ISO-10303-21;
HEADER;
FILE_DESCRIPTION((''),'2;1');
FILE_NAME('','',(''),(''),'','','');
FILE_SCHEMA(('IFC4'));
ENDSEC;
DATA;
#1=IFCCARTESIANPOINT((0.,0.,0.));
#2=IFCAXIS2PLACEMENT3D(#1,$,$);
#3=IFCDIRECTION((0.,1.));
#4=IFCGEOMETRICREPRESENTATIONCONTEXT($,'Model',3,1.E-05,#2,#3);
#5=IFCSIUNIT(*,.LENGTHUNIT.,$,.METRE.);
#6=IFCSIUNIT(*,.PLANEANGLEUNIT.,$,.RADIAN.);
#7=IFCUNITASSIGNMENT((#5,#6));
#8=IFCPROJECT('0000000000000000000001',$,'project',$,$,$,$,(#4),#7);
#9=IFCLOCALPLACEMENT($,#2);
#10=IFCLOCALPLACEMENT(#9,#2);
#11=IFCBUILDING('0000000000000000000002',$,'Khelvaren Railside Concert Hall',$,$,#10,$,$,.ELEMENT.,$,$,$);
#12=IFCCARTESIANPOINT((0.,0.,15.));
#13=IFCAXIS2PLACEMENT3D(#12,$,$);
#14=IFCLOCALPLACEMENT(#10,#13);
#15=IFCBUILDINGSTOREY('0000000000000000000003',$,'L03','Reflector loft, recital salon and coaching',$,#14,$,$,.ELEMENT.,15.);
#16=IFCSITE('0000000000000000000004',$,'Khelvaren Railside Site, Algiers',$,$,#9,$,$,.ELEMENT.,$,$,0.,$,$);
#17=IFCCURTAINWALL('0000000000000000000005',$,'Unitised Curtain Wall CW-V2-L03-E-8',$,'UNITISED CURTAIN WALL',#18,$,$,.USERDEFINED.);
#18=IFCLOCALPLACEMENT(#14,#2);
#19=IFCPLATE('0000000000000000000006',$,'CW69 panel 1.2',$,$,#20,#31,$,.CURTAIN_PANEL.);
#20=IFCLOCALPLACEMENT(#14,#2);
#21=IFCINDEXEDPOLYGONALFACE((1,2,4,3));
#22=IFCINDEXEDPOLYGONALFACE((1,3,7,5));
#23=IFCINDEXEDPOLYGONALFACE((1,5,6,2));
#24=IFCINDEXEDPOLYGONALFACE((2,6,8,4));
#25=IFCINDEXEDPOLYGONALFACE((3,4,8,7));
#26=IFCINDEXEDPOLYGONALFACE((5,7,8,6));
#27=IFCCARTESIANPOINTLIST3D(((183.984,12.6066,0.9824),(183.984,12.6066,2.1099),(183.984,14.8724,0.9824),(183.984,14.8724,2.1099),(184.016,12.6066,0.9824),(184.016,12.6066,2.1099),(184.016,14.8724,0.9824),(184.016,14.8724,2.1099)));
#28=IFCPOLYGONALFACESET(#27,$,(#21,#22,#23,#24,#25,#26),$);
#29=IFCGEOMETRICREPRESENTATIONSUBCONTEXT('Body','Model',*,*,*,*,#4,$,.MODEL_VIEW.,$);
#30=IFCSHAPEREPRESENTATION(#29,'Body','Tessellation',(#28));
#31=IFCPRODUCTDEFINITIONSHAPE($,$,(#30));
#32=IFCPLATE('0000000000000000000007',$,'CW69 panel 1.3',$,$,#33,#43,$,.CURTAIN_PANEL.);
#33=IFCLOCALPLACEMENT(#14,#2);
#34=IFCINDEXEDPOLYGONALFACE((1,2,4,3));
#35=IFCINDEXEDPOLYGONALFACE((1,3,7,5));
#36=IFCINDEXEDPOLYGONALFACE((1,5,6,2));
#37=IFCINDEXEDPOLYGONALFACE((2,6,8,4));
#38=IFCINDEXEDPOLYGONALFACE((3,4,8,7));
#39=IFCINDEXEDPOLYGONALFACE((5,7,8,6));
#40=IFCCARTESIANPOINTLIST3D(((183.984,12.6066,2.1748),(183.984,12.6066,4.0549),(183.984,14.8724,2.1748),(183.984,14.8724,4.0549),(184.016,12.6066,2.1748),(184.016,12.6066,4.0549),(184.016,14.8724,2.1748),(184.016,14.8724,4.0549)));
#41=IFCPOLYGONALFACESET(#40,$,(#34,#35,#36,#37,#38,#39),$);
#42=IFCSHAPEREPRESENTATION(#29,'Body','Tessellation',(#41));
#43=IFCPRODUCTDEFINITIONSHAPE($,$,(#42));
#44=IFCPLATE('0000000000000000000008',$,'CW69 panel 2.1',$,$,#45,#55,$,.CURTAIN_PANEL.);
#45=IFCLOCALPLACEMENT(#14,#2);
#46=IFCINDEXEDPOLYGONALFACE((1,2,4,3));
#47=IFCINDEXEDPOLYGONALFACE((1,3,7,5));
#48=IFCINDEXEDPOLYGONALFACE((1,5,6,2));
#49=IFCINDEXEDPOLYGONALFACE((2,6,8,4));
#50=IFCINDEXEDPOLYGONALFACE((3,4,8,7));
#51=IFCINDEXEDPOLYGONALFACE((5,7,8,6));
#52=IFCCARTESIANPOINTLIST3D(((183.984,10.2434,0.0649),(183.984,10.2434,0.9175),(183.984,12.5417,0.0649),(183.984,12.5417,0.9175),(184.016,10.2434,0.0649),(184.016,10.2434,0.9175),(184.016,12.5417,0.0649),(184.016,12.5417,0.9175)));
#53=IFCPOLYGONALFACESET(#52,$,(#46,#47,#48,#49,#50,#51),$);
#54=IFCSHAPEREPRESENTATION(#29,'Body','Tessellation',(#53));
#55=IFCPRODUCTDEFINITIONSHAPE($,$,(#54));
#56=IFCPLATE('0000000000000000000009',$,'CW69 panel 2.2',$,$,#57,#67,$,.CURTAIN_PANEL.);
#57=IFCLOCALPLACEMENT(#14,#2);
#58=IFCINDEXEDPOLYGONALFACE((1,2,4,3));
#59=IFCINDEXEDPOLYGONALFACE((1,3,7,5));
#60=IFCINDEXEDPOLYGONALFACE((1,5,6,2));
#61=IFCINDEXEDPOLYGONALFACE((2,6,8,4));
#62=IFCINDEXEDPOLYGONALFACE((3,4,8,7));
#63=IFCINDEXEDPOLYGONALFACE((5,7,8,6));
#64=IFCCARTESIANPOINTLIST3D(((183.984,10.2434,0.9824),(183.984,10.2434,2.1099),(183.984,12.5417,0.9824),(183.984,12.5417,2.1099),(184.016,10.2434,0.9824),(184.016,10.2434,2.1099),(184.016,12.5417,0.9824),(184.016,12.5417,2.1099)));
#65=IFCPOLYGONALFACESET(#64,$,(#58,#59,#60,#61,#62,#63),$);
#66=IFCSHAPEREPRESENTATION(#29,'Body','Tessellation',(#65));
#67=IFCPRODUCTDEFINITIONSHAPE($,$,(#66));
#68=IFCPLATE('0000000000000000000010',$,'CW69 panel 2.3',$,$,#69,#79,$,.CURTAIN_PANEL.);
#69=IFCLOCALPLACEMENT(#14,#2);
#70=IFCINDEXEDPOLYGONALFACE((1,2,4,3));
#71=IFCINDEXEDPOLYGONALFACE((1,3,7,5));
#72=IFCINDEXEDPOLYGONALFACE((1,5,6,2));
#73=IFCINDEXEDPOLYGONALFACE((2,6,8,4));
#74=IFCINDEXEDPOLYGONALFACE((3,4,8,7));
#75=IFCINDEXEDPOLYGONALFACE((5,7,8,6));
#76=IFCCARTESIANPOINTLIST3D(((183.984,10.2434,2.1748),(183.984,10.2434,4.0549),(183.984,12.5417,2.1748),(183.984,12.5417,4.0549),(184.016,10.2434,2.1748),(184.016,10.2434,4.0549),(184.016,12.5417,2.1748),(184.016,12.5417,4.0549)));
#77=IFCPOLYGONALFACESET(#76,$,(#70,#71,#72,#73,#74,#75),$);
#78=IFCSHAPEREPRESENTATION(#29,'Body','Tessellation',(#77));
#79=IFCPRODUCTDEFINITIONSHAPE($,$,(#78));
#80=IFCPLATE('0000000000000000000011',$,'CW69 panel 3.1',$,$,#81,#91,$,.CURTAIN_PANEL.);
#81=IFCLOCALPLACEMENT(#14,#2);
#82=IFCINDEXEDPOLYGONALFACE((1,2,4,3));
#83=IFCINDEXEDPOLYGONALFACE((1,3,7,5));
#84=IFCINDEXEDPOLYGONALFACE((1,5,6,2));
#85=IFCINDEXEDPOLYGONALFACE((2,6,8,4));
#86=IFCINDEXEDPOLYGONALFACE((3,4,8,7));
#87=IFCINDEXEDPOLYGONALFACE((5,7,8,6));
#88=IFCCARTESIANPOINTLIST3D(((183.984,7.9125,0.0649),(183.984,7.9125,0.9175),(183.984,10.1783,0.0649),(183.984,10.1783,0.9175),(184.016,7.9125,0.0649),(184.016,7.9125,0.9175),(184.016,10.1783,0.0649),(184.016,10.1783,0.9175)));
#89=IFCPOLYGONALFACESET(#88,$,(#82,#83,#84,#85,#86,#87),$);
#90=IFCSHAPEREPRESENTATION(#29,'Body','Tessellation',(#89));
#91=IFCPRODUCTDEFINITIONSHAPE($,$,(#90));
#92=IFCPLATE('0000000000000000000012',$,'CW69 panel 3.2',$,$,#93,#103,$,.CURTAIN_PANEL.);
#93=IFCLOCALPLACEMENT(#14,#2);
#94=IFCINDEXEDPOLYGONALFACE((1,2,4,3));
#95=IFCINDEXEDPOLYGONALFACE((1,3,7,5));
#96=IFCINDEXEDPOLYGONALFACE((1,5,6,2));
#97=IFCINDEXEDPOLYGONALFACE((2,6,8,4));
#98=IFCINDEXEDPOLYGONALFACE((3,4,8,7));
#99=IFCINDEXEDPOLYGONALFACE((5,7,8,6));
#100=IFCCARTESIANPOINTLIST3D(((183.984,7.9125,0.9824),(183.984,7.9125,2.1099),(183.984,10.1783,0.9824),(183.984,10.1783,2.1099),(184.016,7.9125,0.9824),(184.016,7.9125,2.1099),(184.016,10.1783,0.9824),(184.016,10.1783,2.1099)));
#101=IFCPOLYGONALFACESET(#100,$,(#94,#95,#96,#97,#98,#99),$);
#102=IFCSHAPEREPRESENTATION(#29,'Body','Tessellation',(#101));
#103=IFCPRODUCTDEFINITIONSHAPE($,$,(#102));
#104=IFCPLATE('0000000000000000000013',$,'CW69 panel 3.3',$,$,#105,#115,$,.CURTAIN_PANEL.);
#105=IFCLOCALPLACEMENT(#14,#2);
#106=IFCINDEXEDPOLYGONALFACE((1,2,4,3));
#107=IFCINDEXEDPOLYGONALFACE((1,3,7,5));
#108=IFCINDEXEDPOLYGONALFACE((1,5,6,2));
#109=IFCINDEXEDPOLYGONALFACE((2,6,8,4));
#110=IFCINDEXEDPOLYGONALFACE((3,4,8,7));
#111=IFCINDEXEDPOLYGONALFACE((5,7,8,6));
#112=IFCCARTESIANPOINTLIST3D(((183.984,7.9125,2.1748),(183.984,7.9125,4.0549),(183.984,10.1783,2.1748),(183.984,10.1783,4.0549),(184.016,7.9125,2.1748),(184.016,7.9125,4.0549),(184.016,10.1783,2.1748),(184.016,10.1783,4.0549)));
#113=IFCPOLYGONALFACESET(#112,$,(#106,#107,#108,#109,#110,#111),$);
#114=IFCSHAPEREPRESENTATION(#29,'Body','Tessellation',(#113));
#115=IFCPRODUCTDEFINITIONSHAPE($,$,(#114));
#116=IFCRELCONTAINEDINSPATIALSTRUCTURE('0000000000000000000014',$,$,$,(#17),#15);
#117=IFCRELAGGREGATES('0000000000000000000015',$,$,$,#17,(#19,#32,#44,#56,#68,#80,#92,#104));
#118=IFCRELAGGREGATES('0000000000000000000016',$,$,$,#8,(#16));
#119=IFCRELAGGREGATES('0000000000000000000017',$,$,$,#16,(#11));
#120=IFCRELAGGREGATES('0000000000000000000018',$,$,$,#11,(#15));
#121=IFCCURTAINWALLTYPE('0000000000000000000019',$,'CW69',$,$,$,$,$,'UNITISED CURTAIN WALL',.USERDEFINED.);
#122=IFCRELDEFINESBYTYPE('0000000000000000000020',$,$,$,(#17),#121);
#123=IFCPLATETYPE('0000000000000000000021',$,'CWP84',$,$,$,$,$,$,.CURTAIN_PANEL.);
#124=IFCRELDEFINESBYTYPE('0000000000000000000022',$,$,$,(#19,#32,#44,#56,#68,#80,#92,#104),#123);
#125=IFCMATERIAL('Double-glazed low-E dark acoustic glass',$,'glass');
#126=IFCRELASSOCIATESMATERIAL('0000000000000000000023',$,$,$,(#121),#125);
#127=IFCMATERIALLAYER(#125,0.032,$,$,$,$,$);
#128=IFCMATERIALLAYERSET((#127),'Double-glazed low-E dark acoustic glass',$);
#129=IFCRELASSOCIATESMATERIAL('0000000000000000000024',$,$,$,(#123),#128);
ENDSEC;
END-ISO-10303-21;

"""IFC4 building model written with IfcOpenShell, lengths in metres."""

from ifc_helpers import new_model, si_unit, direction, frame, origin, origin_2d, place, context, subcontext, project, spatial, rectangle, extrude, material, layer, layer_set, type_object, element, aggregate, save


model = new_model("IFC4")

# Units and contexts
model_context = context("Model", 3, precision=1e-05, world=origin(), true_north=direction((0.0, 1.0)))
body_context = subcontext(model_context, "Body", "Model", "MODEL_VIEW")
ifc_project = project(units=[si_unit("LENGTHUNIT", "METRE"), si_unit("PLANEANGLEUNIT", "RADIAN")], contexts=[model_context])

# Site, building, storey
site_placement = place(None, origin())
site = spatial("IfcSite", under=ifc_project, at=site_placement, Name="Khelvaren Railside Site, Algiers", CompositionType="ELEMENT", RefElevation=0.0)
building_placement = place(site_placement, origin())
building = spatial("IfcBuilding", under=site, at=building_placement, Name="Khelvaren Railside Concert Hall", CompositionType="ELEMENT")
storey_placement = place(building_placement, frame((0.0, 0.0, 15.0)))
storey = spatial("IfcBuildingStorey", under=building, at=storey_placement, Name="L03", Description="Reflector loft, recital salon and coaching", CompositionType="ELEMENT", Elevation=15.0)

# Curtain wall
ifc_material_1 = material(Name="Double-glazed low-E dark acoustic glass", Category="glass")
curtain_wall_type_1 = type_object("IfcCurtainWallType", Name="CW69", ElementType="UNITISED CURTAIN WALL", PredefinedType="USERDEFINED", material=ifc_material_1)
curtain_wall_1_placement = place(storey_placement, origin())
curtain_wall_1 = element("IfcCurtainWall", 1, at=curtain_wall_1_placement, inside=storey, type_object=curtain_wall_type_1, Name="Unitised Curtain Wall CW-V2-L03-E-8", ObjectType="UNITISED CURTAIN WALL", PredefinedType="USERDEFINED")

# Plates
ifc_layer = layer(ifc_material_1, 0.032)
ifc_layer_set = layer_set([ifc_layer], Name="Double-glazed low-E dark acoustic glass")
plate_type = type_object("IfcPlateType", Name="CWP84", PredefinedType="CURTAIN_PANEL", material=ifc_layer_set)
plate_1_placement = place(storey_placement, frame((184.0, 13.7395, 0.9824), z_axis=(0.0, 0.0, 1.0), x_axis=(0.0, -1.0, 0.0)))
plate_1 = element("IfcPlate", 2, at=plate_1_placement, type_object=plate_type, Name="CW69 panel 1.2", PredefinedType="CURTAIN_PANEL", context=body_context, shape_type="SweptSolid", body=[
    extrude(rectangle(XDim=2.2659, YDim=0.032, at=origin_2d()), origin(), (0.0, 0.0, 1.0), 1.1274),
])
plate_2_placement = place(storey_placement, frame((184.0, 13.7395, 2.1748), z_axis=(0.0, 0.0, 1.0), x_axis=(0.0, -1.0, 0.0)))
plate_2 = element("IfcPlate", 3, at=plate_2_placement, type_object=plate_type, Name="CW69 panel 1.3", PredefinedType="CURTAIN_PANEL", context=body_context, shape_type="SweptSolid", body=[
    extrude(rectangle(XDim=2.2659, YDim=0.032, at=origin_2d()), origin(), (0.0, 0.0, 1.0), 1.8801),
])
plate_3_placement = place(storey_placement, frame((184.0, 11.3926, 0.0649), z_axis=(0.0, 0.0, 1.0), x_axis=(0.0, -1.0, 0.0)))
plate_3 = element("IfcPlate", 4, at=plate_3_placement, type_object=plate_type, Name="CW69 panel 2.1", PredefinedType="CURTAIN_PANEL", context=body_context, shape_type="SweptSolid", body=[
    extrude(rectangle(XDim=2.2983, YDim=0.032, at=origin_2d()), origin(), (0.0, 0.0, 1.0), 0.8525),
])
plate_4_placement = place(storey_placement, frame((184.0, 11.3926, 0.9824), z_axis=(0.0, 0.0, 1.0), x_axis=(0.0, -1.0, 0.0)))
plate_4 = element("IfcPlate", 5, at=plate_4_placement, type_object=plate_type, Name="CW69 panel 2.2", PredefinedType="CURTAIN_PANEL", context=body_context, shape_type="SweptSolid", body=[
    extrude(rectangle(XDim=2.2983, YDim=0.032, at=origin_2d()), origin(), (0.0, 0.0, 1.0), 1.1274),
])
plate_5_placement = place(storey_placement, frame((184.0, 11.3926, 2.1748), z_axis=(0.0, 0.0, 1.0), x_axis=(0.0, -1.0, 0.0)))
plate_5 = element("IfcPlate", 6, at=plate_5_placement, type_object=plate_type, Name="CW69 panel 2.3", PredefinedType="CURTAIN_PANEL", context=body_context, shape_type="SweptSolid", body=[
    extrude(rectangle(XDim=2.2983, YDim=0.032, at=origin_2d()), origin(), (0.0, 0.0, 1.0), 1.8801),
])
plate_6_placement = place(storey_placement, frame((184.0, 9.0454, 0.0649), z_axis=(0.0, 0.0, 1.0), x_axis=(0.0, -1.0, 0.0)))
plate_6 = element("IfcPlate", 7, at=plate_6_placement, type_object=plate_type, Name="CW69 panel 3.1", PredefinedType="CURTAIN_PANEL", context=body_context, shape_type="SweptSolid", body=[
    extrude(rectangle(XDim=2.2659, YDim=0.032, at=origin_2d()), origin(), (0.0, 0.0, 1.0), 0.8525),
])
plate_7_placement = place(storey_placement, frame((184.0, 9.0454, 0.9824), z_axis=(0.0, 0.0, 1.0), x_axis=(0.0, -1.0, 0.0)))
plate_7 = element("IfcPlate", 8, at=plate_7_placement, type_object=plate_type, Name="CW69 panel 3.2", PredefinedType="CURTAIN_PANEL", context=body_context, shape_type="SweptSolid", body=[
    extrude(rectangle(XDim=2.2659, YDim=0.032, at=origin_2d()), origin(), (0.0, 0.0, 1.0), 1.1274),
])
plate_8_placement = place(storey_placement, frame((184.0, 9.0454, 2.1748), z_axis=(0.0, 0.0, 1.0), x_axis=(0.0, -1.0, 0.0)))
plate_8 = element("IfcPlate", 9, at=plate_8_placement, type_object=plate_type, Name="CW69 panel 3.3", PredefinedType="CURTAIN_PANEL", context=body_context, shape_type="SweptSolid", body=[
    extrude(rectangle(XDim=2.2659, YDim=0.032, at=origin_2d()), origin(), (0.0, 0.0, 1.0), 1.8801),
])
aggregate(curtain_wall_1, [plate_1, plate_2, plate_3, plate_4, plate_5, plate_6, plate_7, plate_8])

save(model, "model.ifc")
